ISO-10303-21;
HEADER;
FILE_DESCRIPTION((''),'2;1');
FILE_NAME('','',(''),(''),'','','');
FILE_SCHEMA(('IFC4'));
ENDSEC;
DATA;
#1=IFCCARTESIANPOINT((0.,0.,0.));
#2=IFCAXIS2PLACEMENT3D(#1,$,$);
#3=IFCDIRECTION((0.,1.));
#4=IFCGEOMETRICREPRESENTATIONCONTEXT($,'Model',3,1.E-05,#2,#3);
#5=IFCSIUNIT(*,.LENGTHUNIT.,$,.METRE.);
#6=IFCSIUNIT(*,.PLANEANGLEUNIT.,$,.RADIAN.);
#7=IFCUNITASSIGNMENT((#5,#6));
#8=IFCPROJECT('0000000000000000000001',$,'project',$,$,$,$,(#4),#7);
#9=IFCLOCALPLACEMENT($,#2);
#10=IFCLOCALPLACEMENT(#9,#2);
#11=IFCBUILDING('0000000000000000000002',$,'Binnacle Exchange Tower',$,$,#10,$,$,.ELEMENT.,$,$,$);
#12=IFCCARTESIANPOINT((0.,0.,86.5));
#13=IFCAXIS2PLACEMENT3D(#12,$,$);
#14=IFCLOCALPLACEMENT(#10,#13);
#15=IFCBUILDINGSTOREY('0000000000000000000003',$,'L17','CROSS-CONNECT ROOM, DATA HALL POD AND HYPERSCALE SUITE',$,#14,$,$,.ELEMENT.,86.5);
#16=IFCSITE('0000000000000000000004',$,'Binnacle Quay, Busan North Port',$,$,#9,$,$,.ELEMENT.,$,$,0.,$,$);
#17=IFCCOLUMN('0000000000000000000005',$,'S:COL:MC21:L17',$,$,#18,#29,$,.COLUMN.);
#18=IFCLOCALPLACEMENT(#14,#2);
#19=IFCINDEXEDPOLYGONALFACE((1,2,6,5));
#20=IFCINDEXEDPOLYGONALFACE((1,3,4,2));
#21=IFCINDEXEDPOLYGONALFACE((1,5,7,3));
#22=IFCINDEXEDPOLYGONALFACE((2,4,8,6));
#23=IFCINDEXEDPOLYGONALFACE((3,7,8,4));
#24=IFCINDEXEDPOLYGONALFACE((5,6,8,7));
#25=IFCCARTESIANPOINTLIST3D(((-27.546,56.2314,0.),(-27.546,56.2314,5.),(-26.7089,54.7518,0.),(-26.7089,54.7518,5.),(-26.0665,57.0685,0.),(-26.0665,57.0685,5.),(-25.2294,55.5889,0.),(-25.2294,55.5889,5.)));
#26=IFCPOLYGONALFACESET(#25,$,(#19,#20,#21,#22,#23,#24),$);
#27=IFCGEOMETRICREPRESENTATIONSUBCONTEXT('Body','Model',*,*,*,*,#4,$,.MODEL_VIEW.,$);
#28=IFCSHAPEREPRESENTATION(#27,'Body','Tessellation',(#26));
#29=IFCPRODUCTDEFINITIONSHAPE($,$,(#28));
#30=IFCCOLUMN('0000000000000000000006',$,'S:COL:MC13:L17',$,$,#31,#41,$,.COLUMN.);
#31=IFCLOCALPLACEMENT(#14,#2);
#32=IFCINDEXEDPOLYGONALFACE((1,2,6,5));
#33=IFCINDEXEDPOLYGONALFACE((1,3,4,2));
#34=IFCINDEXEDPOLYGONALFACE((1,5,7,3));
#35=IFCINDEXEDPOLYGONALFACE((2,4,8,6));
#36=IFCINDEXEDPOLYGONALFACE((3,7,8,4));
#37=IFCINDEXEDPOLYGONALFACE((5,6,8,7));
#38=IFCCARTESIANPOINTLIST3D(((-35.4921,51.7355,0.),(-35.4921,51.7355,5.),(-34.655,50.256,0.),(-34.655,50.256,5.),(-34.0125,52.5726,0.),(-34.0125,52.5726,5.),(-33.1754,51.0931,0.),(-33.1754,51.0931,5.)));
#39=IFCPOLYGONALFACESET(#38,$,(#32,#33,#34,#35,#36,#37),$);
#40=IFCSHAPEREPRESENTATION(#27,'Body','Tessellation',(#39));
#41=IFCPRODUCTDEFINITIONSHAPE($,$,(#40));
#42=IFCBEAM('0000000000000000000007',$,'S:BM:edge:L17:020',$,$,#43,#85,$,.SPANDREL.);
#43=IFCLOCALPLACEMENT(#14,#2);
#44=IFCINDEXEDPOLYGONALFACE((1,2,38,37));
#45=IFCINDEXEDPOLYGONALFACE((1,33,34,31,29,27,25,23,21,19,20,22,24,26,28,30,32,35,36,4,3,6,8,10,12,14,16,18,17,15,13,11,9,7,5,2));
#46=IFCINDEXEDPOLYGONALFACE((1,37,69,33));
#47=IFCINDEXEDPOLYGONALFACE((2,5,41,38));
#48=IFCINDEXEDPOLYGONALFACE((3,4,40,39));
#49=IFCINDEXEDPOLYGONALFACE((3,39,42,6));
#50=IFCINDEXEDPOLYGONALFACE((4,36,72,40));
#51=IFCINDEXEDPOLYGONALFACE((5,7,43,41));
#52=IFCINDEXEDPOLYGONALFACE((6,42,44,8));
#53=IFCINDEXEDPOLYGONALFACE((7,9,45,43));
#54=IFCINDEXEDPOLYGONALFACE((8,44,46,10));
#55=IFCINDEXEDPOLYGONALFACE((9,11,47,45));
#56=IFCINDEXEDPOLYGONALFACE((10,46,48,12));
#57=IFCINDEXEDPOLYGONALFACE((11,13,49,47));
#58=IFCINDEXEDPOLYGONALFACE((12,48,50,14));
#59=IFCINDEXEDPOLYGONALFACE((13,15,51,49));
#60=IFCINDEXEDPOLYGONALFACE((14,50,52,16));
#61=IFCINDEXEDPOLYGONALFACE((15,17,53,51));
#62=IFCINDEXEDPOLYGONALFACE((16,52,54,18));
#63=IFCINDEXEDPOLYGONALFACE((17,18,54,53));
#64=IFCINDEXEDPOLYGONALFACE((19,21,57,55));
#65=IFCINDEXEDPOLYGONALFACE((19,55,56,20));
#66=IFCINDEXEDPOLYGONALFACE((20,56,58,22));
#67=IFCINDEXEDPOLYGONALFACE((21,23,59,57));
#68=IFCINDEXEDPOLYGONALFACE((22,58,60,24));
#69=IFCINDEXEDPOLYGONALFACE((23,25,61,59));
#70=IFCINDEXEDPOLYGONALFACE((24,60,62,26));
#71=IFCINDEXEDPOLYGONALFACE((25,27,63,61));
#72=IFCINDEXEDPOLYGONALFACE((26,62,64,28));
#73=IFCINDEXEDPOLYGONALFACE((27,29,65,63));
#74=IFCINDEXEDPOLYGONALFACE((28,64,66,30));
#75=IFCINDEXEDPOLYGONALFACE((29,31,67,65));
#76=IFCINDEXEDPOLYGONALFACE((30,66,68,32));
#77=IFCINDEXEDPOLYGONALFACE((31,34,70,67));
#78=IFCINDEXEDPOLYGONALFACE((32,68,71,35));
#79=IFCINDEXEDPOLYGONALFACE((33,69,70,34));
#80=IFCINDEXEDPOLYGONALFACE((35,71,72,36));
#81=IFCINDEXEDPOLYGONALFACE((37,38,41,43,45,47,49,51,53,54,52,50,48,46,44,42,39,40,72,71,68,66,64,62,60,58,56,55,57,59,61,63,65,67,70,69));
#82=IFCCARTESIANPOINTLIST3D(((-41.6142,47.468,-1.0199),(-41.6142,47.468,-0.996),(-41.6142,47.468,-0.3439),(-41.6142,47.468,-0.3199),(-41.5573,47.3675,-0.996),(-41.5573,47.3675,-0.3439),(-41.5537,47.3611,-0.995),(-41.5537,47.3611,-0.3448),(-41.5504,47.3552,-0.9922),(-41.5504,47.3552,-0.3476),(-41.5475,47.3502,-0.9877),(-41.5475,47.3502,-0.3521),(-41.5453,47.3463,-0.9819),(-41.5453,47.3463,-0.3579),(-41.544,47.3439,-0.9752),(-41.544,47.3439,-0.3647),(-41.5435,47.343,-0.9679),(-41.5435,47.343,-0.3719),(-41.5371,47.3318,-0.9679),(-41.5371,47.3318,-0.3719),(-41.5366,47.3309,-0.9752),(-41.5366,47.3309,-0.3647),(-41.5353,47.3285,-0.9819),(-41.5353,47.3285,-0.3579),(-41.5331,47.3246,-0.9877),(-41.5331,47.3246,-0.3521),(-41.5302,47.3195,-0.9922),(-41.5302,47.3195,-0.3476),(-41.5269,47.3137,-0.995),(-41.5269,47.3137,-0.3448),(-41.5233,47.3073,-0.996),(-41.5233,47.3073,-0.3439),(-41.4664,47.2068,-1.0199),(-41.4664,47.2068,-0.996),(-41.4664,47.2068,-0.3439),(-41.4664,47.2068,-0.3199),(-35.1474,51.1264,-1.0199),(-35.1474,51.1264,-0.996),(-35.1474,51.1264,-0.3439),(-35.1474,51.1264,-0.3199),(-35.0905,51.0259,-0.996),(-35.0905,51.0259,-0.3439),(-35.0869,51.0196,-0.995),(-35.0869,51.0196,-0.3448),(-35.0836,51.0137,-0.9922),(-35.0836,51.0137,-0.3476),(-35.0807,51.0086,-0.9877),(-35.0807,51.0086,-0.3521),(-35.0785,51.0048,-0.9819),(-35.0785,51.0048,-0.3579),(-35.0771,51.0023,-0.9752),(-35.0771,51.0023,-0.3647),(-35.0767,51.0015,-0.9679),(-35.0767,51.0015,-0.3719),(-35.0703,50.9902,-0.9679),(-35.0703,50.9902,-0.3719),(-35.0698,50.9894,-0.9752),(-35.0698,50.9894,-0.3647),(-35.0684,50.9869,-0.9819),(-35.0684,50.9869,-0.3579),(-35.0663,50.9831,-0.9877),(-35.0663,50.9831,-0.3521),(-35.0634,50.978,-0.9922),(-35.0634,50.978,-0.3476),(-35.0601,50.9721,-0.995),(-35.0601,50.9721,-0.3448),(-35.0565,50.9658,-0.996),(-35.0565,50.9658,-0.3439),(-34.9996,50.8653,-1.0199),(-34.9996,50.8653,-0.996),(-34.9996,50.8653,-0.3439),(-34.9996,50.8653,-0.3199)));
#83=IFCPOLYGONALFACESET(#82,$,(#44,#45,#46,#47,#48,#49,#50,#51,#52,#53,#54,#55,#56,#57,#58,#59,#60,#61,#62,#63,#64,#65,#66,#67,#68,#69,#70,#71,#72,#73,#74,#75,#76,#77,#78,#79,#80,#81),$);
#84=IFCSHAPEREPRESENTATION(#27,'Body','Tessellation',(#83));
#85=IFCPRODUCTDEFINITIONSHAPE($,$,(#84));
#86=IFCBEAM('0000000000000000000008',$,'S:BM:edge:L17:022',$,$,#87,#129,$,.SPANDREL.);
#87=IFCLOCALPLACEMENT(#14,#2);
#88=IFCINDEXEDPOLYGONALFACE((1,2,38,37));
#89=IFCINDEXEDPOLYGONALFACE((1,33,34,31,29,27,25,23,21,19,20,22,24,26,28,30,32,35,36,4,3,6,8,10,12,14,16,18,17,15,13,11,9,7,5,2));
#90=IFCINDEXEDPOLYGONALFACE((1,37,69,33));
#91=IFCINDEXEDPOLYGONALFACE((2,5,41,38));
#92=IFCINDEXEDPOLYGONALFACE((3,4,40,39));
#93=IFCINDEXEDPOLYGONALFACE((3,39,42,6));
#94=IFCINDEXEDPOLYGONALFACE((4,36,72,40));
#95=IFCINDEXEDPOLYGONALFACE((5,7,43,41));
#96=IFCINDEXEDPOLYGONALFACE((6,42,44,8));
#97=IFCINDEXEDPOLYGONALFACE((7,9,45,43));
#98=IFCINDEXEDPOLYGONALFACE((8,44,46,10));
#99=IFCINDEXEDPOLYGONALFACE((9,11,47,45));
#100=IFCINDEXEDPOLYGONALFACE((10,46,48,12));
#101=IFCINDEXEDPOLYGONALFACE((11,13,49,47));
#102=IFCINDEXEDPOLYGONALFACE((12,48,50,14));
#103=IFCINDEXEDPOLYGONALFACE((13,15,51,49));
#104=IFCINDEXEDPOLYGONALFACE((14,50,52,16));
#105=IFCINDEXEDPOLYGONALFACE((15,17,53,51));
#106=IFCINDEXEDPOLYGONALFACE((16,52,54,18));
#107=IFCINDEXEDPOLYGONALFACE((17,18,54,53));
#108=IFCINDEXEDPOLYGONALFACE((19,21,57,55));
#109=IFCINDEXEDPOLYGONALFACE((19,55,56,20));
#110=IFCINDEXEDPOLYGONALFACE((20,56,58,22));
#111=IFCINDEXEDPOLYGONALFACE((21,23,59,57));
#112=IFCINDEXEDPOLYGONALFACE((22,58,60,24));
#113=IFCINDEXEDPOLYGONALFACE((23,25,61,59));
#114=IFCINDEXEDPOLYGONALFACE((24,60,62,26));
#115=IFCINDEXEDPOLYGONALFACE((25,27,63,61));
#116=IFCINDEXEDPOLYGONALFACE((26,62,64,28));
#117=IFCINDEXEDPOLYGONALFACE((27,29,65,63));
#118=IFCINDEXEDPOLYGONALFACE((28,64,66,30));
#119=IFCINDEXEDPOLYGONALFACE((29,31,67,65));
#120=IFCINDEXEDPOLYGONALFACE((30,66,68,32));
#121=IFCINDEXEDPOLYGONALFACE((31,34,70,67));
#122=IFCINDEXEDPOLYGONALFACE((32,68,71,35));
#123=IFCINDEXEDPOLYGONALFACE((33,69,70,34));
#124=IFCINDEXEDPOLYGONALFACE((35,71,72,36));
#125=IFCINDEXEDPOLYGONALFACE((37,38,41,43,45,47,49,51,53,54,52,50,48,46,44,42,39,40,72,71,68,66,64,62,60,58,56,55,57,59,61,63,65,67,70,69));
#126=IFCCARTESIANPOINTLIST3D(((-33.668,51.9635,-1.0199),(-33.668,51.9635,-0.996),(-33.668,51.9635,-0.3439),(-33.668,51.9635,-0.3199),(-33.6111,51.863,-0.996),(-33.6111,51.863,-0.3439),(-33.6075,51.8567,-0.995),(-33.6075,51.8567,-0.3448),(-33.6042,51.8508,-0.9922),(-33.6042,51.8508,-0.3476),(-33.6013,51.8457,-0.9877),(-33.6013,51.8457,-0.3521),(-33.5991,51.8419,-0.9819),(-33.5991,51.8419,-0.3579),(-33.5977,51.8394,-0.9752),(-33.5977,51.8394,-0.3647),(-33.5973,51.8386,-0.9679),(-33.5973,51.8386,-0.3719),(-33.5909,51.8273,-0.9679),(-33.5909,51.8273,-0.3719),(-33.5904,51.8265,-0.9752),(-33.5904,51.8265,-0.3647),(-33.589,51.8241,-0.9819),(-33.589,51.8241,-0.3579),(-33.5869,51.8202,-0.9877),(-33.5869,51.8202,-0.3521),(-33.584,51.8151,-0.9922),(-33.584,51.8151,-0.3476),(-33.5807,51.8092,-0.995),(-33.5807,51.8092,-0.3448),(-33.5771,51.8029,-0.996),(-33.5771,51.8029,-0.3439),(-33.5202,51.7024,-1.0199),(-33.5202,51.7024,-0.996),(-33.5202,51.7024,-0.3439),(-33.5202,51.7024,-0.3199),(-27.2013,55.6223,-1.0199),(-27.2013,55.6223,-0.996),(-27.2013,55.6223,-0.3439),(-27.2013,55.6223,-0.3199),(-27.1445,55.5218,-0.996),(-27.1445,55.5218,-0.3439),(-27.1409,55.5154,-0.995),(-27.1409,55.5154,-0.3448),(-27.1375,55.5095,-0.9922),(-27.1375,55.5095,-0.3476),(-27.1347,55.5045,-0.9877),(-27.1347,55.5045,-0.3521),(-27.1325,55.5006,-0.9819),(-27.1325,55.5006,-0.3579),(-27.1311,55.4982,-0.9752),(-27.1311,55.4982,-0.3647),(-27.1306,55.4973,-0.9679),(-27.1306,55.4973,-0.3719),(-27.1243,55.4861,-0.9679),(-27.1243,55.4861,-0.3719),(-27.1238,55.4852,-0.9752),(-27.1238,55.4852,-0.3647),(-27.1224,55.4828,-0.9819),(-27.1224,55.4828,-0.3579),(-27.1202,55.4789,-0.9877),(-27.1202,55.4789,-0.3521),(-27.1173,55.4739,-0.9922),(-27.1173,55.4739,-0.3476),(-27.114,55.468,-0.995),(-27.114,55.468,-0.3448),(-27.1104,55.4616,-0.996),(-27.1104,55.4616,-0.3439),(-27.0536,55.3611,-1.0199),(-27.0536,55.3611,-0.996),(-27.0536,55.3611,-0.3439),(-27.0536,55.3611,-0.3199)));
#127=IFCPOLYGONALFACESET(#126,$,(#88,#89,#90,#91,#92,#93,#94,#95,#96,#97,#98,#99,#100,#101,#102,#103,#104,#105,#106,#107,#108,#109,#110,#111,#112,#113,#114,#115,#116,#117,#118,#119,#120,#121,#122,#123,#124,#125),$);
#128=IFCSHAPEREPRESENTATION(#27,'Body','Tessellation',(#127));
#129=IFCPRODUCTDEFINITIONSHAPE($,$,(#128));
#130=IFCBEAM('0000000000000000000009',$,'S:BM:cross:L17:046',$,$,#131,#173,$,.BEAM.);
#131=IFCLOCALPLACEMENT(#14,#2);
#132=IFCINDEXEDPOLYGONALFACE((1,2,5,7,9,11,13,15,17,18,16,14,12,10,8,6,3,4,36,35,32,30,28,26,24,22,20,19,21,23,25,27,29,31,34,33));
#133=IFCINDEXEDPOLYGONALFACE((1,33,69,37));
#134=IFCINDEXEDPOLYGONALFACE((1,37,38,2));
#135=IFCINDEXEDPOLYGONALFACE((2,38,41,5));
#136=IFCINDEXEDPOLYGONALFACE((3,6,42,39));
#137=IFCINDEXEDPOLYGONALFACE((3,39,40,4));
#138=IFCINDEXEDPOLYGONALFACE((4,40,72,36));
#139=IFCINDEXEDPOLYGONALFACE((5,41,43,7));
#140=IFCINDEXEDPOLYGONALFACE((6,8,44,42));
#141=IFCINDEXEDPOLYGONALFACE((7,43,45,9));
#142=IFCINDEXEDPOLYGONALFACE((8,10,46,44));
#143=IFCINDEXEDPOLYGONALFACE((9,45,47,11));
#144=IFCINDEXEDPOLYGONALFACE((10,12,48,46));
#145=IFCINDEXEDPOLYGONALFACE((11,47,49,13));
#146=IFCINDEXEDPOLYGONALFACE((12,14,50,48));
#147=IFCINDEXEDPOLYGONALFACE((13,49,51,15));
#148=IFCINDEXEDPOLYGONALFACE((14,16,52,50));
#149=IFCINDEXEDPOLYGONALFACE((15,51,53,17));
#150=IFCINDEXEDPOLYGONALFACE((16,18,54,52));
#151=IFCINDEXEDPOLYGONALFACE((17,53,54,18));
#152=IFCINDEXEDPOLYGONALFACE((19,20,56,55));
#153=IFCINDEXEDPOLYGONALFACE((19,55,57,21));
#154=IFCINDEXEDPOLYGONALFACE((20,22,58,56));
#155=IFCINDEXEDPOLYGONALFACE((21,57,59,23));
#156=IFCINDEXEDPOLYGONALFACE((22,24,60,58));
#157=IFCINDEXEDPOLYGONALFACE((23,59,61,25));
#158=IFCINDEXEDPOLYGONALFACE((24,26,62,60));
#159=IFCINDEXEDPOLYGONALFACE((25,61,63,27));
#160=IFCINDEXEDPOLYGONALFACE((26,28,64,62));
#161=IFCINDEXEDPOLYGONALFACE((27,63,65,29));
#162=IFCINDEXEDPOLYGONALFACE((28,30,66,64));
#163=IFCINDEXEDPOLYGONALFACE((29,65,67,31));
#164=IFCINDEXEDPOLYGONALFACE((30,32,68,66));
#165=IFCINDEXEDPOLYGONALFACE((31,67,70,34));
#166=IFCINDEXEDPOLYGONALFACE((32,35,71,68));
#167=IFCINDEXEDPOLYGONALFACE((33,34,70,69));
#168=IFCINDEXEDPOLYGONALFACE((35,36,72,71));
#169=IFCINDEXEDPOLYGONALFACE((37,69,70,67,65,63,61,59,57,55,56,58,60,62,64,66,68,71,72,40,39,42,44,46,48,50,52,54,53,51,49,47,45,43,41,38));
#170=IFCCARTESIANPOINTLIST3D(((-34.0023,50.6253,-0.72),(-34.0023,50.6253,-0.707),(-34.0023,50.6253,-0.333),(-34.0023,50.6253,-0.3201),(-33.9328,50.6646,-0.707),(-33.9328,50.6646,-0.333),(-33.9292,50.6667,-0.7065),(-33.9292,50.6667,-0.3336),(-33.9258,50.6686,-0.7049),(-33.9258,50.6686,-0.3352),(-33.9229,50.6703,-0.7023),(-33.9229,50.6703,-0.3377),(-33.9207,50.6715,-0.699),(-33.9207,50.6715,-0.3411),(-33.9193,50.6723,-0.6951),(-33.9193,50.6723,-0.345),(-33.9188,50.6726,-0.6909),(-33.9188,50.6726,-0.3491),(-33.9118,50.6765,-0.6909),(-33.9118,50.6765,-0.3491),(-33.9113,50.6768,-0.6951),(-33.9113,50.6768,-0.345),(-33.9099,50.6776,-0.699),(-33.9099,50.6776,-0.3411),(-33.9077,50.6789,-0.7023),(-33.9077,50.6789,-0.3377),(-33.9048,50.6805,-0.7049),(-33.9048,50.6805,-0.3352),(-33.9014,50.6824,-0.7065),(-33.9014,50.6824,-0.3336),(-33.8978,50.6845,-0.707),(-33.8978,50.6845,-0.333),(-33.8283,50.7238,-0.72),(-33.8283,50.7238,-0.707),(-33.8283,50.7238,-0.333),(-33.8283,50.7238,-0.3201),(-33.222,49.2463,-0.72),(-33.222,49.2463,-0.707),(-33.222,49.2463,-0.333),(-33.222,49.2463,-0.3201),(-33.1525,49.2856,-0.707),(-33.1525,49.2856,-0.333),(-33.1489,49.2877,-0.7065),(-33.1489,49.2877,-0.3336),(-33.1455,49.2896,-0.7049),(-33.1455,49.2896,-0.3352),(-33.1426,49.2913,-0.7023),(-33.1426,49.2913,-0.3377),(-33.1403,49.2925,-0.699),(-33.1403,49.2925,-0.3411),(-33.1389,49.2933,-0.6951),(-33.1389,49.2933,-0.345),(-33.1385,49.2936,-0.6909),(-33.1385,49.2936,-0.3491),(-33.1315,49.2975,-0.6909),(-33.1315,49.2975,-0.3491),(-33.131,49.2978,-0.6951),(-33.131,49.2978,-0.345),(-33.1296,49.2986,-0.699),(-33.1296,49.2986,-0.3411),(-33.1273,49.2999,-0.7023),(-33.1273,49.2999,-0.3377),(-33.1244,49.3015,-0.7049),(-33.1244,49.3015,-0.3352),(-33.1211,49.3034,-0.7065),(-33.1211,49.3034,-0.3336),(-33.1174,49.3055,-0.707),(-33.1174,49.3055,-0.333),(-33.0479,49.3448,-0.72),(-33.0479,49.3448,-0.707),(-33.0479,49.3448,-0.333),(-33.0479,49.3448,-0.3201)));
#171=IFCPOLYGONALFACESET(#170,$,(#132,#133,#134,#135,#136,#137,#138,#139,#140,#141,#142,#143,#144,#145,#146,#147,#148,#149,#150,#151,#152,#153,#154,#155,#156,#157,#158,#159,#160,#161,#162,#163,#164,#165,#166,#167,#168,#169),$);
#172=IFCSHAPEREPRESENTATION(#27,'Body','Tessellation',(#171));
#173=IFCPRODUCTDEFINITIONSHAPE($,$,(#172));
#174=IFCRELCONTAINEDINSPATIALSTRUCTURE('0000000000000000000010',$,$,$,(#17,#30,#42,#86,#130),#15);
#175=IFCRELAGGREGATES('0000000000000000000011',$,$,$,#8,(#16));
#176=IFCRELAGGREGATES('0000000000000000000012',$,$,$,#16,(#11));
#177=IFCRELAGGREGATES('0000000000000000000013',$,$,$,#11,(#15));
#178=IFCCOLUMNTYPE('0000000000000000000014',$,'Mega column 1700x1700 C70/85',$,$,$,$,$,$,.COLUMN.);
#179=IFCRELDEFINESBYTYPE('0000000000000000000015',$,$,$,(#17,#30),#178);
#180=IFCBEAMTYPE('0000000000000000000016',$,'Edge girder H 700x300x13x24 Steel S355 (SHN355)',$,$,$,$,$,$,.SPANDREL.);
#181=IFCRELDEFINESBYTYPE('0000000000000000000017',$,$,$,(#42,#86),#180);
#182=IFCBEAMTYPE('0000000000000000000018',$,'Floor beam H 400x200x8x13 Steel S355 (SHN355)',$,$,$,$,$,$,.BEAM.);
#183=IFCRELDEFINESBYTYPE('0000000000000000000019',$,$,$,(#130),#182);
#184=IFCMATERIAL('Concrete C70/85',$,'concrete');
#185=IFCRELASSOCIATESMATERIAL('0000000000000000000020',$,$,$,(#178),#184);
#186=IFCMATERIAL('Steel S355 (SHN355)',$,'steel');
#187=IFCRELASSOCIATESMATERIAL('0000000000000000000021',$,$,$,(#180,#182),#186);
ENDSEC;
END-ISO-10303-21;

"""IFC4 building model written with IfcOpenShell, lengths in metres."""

from ifc_helpers import new_model, si_unit, direction, frame, origin, origin_2d, place, context, subcontext, project, spatial, rectangle, i_section, extrude, material, material_profile, profile_set, type_object, element, save


model = new_model("IFC4")

# Units and contexts
model_context = context("Model", 3, precision=1e-05, world=origin(), true_north=direction((0.0, 1.0)))
body_context = subcontext(model_context, "Body", "Model", "MODEL_VIEW")
ifc_project = project(units=[si_unit("LENGTHUNIT", "METRE"), si_unit("PLANEANGLEUNIT", "RADIAN")], contexts=[model_context])

# Site, building, storey
site_placement = place(None, origin())
site = spatial("IfcSite", under=ifc_project, at=site_placement, Name="Binnacle Quay, Busan North Port", CompositionType="ELEMENT", RefElevation=0.0)
building_placement = place(site_placement, origin())
building = spatial("IfcBuilding", under=site, at=building_placement, Name="Binnacle Exchange Tower", CompositionType="ELEMENT")
storey_placement = place(building_placement, frame((0.0, 0.0, 86.5)))
storey = spatial("IfcBuildingStorey", under=building, at=storey_placement, Name="L17", Description="CROSS-CONNECT ROOM, DATA HALL POD AND HYPERSCALE SUITE", CompositionType="ELEMENT", Elevation=86.5)

# Columns
ifc_material_1 = material(Name="Concrete C70/85", Category="concrete")
ifc_material_profile_1 = material_profile(ifc_material_1, rectangle(XDim=1.7, YDim=1.7, at=origin_2d()), Name="Mega column 1700x1700 C70/85")
ifc_profile_set_1 = profile_set([ifc_material_profile_1], Name="Concrete C70/85")
column_type = type_object("IfcColumnType", Name="Mega column 1700x1700 C70/85", PredefinedType="COLUMN", material=ifc_profile_set_1)
for number, where, z_axis, x_axis, name in (
    (1, (-26.3877, 55.9102, 0.0), (0.0, 0.0, 1.0), (-0.870356, -0.492424, 0.0), "S:COL:MC21:L17"),
    (2, (-34.3337, 51.4143, 0.0), (0.0, 0.0, 1.0), (-0.870356, -0.492424, 0.0), "S:COL:MC13:L17"),
):
    element("IfcColumn", number, at=place(storey_placement, frame(where, z_axis=z_axis, x_axis=x_axis)), inside=storey, type_object=column_type, Name=name, PredefinedType="COLUMN", context=body_context, shape_type="SweptSolid", body=[
        extrude(rectangle(XDim=1.7, YDim=1.7, at=origin_2d()), origin(), (0.0, 0.0, 1.0), 5.0),
    ])

# Beams
ifc_material_2 = material(Name="Steel S355 (SHN355)", Category="steel")
ifc_material_profile_2 = material_profile(ifc_material_2, i_section(OverallWidth=0.3, OverallDepth=0.7, WebThickness=0.0129, FlangeThickness=0.0239, FilletRadius=0.0281, at=origin_2d()), Name="H 700x300x13x24")
ifc_profile_set_2 = profile_set([ifc_material_profile_2], Name="Steel S355 (SHN355)")
beam_type_1 = type_object("IfcBeamType", Name="Edge girder H 700x300x13x24 Steel S355 (SHN355)", PredefinedType="SPANDREL", material=ifc_profile_set_2)
for number, where, z_axis, x_axis, name in (
    (3, (-35.0735, 50.9958, -0.6699), (-0.870372, -0.492394, 0.0), (0.492394, -0.870372, 0.0), "S:BM:edge:L17:020"),
    (4, (-27.1274, 55.4917, -0.6699), (-0.87035, -0.492433, 0.0), (0.492433, -0.87035, 0.0), "S:BM:edge:L17:022"),
):
    element("IfcBeam", number, at=place(storey_placement, frame(where, z_axis=z_axis, x_axis=x_axis)), inside=storey, type_object=beam_type_1, Name=name, PredefinedType="SPANDREL", context=body_context, shape_type="SweptSolid", body=[
        extrude(i_section(OverallWidth=0.3, OverallDepth=0.7, WebThickness=0.0129, FlangeThickness=0.0239, FilletRadius=0.0281, at=origin_2d()), origin(), (0.0, 0.0, 1.0), 7.4299),
    ])
ifc_material_profile_3 = material_profile(ifc_material_2, i_section(OverallWidth=0.2, OverallDepth=0.3999, WebThickness=0.0081, FlangeThickness=0.0129, FilletRadius=0.0161, at=origin_2d()), Name="H 400x200x8x13")
ifc_profile_set_3 = profile_set([ifc_material_profile_3], Name="Steel S355 (SHN355)")
beam_type_2 = type_object("IfcBeamType", Name="Floor beam H 400x200x8x13 Steel S355 (SHN355)", PredefinedType="BEAM", material=ifc_profile_set_3)
beam_1_placement = place(storey_placement, frame((-33.9153, 50.6746, -0.52), z_axis=(0.492484, -0.870322, 0.0), x_axis=(0.870322, 0.492484, 0.0)))
element("IfcBeam", 5, at=beam_1_placement, inside=storey, type_object=beam_type_2, Name="S:BM:cross:L17:046", PredefinedType="BEAM", context=body_context, shape_type="SweptSolid", body=[
    extrude(i_section(OverallWidth=0.2, OverallDepth=0.3999, WebThickness=0.0081, FlangeThickness=0.0129, FilletRadius=0.0161, at=origin_2d()), origin(), (0.0, 0.0, 1.0), 1.5845),
])

save(model, "model.ifc")
